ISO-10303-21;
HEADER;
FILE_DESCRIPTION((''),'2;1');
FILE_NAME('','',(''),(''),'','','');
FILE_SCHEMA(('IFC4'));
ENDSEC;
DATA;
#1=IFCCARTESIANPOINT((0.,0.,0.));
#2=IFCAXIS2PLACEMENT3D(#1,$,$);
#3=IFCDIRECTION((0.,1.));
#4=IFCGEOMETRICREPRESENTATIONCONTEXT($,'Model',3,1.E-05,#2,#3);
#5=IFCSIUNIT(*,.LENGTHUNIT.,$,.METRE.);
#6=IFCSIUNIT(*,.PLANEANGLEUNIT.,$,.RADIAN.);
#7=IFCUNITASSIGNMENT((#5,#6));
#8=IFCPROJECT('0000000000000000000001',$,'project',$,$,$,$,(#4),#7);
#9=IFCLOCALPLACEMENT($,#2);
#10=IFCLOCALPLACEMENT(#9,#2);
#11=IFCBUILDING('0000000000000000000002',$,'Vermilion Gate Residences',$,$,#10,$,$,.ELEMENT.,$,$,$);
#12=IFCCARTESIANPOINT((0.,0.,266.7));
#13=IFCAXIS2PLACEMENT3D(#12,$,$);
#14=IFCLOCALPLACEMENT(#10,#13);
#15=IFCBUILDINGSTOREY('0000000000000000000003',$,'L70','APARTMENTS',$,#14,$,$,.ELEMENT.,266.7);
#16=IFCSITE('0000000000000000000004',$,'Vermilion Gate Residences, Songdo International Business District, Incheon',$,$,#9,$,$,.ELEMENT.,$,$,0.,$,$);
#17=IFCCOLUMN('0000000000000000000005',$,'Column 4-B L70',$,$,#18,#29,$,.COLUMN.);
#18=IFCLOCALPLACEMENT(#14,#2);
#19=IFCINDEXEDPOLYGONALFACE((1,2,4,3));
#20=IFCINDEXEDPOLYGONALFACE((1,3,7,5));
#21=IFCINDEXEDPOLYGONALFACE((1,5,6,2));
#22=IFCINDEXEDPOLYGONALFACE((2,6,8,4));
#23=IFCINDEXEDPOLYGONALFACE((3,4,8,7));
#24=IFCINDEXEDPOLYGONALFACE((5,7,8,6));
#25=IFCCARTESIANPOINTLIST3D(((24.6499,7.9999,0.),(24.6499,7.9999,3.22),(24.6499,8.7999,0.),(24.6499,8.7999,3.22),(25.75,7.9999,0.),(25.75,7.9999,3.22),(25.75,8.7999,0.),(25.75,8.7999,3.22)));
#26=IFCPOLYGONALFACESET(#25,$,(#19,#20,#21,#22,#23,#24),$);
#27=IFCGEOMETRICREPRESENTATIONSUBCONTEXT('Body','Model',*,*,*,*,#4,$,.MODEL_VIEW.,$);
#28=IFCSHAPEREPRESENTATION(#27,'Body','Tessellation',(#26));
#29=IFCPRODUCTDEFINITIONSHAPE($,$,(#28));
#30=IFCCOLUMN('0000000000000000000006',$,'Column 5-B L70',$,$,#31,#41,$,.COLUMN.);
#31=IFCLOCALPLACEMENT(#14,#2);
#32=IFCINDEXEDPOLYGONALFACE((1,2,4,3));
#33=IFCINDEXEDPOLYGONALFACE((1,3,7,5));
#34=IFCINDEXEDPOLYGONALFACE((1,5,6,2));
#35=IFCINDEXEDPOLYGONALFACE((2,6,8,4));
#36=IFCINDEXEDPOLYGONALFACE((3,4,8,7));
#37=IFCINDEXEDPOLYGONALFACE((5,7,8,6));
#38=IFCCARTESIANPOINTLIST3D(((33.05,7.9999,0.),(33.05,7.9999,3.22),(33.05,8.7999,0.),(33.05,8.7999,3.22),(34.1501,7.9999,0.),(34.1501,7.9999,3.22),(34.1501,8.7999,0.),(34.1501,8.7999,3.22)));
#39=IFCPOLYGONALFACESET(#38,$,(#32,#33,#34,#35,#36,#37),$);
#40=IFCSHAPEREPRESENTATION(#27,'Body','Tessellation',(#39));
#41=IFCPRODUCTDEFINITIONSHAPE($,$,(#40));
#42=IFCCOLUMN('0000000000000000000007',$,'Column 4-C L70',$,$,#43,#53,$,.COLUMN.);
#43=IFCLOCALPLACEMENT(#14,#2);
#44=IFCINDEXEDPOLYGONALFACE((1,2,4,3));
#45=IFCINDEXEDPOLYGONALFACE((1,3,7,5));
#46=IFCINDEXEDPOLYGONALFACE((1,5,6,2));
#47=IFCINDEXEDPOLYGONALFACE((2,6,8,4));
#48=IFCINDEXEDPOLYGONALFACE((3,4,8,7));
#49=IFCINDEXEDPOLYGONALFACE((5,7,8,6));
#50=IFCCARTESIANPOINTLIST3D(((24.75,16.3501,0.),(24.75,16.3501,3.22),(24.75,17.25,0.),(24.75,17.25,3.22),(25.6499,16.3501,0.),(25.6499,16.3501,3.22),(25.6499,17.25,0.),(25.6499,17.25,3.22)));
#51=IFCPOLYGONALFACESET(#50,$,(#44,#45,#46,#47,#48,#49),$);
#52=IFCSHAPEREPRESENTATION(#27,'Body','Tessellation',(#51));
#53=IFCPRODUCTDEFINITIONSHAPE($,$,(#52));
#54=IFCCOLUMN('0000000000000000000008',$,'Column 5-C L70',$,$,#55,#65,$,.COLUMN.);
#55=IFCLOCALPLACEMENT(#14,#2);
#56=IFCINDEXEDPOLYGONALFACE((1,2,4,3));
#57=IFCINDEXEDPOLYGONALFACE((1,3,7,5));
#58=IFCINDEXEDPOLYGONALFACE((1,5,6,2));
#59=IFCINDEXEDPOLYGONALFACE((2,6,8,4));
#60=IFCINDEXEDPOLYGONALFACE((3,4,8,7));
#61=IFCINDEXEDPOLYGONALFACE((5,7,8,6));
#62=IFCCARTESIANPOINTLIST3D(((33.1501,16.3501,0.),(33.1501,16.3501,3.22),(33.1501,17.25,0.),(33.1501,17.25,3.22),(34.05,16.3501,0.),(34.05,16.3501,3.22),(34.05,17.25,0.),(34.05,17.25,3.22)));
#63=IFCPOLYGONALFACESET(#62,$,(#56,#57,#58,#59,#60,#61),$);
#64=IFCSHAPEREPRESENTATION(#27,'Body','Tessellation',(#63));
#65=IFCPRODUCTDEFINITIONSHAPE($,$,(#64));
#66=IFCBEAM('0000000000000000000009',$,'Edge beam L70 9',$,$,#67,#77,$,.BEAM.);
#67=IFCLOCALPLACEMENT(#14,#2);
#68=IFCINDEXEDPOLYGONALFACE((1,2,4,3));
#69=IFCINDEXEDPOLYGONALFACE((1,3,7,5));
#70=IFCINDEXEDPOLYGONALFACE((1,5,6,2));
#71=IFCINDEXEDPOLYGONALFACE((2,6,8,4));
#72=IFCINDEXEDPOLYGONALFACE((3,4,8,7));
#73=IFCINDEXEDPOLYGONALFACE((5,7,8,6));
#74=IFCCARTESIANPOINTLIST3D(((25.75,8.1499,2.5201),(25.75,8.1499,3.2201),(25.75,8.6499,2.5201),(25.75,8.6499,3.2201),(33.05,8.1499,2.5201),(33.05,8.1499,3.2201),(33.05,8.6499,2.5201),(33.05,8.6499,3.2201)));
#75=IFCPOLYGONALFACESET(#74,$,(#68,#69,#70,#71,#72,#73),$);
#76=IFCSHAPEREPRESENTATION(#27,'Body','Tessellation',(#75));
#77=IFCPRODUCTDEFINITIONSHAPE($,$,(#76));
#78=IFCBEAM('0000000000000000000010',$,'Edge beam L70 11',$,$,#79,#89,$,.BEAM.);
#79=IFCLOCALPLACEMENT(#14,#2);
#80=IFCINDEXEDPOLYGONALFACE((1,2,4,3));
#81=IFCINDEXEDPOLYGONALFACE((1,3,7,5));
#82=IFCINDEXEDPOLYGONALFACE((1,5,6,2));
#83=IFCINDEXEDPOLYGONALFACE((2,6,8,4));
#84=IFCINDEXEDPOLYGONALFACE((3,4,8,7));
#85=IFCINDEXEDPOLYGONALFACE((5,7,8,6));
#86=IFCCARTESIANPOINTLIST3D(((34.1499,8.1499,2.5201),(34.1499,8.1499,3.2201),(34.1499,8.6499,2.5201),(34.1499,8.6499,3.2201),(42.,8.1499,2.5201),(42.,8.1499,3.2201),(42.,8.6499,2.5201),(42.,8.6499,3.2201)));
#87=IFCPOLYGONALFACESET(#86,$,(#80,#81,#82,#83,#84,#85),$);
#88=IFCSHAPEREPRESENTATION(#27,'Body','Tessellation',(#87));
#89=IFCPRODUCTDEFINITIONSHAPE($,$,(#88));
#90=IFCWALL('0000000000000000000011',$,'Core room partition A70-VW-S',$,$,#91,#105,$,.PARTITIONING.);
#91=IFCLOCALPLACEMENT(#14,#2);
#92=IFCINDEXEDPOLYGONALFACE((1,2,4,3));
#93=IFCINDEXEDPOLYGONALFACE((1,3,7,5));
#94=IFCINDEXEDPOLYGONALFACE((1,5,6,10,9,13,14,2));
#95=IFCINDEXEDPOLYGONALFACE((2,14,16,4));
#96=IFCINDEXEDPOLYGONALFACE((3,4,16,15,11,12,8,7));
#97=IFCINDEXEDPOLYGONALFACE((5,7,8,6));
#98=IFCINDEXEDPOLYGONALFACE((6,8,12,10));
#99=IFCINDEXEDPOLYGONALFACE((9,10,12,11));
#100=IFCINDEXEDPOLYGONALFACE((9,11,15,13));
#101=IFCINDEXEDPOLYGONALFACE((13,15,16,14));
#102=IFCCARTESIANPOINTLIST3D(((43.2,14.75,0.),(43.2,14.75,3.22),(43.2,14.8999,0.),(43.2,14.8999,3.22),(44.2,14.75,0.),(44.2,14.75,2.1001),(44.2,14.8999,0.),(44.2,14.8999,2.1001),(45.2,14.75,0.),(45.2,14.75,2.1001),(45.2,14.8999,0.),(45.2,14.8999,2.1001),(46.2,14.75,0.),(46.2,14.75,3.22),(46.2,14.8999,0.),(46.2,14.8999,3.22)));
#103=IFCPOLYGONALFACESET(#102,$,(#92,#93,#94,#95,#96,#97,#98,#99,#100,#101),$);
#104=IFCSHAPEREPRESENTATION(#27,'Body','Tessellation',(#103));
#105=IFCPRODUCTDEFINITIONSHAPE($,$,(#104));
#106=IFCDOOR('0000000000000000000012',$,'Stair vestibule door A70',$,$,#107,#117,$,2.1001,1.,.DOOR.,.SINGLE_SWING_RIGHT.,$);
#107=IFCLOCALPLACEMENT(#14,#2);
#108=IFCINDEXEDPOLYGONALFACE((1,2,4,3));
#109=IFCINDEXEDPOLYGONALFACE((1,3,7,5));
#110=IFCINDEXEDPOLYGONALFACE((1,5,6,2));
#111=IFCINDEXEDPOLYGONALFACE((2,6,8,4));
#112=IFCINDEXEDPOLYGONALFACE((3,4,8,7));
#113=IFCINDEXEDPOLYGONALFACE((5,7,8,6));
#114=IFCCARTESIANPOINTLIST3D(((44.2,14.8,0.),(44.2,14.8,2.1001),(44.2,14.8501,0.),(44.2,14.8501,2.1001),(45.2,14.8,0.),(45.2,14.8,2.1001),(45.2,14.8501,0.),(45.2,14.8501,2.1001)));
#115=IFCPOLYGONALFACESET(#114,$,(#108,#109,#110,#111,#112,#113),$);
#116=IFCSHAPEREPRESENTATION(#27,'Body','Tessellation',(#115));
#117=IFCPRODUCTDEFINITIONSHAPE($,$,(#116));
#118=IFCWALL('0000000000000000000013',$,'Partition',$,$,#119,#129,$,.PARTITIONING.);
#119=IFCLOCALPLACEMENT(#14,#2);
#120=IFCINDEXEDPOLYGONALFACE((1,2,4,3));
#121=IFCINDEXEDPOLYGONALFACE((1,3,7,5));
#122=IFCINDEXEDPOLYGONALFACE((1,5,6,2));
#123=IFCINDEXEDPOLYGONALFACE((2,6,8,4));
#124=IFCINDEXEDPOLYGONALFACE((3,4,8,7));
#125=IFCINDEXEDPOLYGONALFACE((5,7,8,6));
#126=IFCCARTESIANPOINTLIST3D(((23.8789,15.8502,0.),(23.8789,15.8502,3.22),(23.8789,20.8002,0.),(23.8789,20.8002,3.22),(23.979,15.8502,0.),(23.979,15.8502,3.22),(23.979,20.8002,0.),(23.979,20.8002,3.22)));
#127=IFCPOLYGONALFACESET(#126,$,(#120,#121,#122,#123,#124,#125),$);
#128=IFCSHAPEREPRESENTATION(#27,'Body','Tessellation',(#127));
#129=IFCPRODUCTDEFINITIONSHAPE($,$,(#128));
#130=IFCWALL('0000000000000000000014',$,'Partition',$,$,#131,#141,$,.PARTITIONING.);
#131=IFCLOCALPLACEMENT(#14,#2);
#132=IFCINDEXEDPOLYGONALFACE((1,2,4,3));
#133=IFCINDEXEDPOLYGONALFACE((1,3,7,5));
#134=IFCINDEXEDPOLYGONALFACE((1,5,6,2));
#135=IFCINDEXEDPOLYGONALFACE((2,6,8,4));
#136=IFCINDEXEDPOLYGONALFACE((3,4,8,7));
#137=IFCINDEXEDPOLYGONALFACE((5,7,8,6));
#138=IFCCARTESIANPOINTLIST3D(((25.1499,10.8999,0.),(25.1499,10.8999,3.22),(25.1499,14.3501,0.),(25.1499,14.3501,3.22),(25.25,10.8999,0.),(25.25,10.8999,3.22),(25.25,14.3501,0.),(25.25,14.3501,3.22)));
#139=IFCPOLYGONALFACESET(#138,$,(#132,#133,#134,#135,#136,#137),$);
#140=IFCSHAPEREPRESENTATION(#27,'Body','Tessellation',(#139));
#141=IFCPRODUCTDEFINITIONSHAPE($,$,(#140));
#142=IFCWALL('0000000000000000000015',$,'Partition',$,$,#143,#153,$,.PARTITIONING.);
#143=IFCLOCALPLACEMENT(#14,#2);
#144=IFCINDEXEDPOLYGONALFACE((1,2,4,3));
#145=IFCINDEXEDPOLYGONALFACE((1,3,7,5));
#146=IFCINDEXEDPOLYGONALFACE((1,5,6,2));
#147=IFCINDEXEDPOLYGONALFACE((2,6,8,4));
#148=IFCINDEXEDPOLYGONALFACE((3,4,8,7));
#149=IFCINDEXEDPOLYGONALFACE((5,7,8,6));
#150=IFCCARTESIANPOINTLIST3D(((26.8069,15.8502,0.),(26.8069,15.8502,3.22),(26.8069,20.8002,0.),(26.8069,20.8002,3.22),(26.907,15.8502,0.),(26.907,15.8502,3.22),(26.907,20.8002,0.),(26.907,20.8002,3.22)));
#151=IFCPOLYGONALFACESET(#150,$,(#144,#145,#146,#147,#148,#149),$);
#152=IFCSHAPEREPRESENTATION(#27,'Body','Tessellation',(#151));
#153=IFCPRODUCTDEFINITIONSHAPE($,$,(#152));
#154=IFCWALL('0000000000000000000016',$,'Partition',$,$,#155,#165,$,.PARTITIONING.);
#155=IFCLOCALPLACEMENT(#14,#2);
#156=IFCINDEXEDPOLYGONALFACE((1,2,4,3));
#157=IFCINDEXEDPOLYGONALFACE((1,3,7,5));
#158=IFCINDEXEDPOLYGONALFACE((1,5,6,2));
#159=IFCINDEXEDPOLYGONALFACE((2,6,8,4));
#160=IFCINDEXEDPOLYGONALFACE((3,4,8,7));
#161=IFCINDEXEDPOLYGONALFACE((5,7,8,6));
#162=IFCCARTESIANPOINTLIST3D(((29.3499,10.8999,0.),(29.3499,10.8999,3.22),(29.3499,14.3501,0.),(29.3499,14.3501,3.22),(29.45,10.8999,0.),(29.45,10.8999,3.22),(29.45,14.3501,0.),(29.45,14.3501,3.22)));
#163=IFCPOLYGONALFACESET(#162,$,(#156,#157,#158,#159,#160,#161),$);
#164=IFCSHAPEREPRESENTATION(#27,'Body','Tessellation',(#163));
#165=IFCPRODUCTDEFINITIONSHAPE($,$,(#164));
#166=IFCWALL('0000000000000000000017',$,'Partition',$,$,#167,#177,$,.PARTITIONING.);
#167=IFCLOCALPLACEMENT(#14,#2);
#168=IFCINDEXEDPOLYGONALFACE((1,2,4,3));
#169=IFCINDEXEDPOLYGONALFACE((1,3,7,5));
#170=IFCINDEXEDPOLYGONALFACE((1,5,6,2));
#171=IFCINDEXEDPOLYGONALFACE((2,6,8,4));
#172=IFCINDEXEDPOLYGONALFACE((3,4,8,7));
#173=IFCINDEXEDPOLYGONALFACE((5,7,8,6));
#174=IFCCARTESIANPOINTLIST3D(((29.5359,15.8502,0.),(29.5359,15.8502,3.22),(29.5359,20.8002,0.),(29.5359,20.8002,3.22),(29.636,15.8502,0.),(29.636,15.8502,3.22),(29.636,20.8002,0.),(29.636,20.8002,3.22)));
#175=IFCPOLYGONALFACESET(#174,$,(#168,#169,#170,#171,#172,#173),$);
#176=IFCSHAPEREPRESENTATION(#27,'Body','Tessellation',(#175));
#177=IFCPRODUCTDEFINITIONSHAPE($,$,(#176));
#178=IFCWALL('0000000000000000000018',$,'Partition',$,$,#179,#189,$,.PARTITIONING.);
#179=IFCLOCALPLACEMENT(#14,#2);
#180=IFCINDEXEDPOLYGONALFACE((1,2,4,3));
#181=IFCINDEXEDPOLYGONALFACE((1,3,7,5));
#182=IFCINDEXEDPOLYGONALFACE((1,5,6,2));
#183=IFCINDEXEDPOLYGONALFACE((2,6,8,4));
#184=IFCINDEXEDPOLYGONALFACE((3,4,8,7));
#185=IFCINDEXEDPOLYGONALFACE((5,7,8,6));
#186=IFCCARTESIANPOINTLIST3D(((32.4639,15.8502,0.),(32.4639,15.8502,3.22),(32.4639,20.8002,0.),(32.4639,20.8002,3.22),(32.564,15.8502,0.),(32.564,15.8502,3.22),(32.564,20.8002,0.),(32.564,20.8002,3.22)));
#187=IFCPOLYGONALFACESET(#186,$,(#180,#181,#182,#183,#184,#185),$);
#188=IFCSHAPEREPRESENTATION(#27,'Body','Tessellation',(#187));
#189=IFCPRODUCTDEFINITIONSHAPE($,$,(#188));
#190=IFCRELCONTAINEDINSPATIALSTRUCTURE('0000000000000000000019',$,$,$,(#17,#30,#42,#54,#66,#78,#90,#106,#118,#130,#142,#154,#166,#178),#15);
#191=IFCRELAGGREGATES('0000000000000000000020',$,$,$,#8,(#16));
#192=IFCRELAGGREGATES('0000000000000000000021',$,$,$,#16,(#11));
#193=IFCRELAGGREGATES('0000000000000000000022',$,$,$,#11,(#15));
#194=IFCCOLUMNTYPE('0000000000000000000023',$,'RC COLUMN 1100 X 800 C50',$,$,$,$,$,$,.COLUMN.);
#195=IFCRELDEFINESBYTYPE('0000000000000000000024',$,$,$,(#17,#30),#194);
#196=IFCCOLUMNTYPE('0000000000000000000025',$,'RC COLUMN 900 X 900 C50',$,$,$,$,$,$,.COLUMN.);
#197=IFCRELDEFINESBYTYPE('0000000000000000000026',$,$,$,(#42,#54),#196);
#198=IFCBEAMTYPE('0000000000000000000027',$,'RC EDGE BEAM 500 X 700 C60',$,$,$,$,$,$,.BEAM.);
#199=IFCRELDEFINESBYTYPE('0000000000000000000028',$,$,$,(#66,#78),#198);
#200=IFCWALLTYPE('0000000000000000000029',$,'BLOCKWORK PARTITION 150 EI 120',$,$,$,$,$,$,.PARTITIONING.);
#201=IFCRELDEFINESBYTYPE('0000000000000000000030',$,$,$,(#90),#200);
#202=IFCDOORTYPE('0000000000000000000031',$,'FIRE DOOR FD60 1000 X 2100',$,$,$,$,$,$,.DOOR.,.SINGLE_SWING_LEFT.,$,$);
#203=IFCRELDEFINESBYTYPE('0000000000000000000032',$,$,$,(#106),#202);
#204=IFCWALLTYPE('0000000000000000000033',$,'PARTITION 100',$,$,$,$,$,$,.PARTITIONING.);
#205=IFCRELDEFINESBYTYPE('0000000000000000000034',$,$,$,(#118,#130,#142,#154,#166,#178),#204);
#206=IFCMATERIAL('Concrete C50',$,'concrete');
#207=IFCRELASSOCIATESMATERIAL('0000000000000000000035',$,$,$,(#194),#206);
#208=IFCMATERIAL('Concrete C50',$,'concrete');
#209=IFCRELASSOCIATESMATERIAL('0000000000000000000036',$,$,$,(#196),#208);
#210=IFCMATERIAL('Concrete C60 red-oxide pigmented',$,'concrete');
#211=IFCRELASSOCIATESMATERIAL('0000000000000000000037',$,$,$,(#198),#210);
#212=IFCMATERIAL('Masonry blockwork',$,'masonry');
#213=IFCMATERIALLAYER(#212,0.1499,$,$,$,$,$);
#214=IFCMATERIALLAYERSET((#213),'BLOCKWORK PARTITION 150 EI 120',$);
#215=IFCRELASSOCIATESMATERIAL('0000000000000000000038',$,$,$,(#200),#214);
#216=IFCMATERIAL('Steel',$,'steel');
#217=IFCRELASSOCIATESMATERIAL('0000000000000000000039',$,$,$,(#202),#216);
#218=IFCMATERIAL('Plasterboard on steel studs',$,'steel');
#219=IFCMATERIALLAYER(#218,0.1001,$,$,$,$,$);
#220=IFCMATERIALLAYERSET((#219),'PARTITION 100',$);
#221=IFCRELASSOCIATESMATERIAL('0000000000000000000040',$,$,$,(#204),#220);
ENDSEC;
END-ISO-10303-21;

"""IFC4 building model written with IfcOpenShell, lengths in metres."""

from ifc_helpers import new_model, si_unit, direction, frame, frame_2d, origin, origin_2d, place, context, subcontext, project, spatial, rectangle, extrude, material, layer, layer_set, material_profile, profile_set, type_object, element, fill, save


model = new_model("IFC4")

# Units and contexts
model_context = context("Model", 3, precision=1e-05, world=origin(), true_north=direction((0.0, 1.0)))
body_context = subcontext(model_context, "Body", "Model", "MODEL_VIEW")
ifc_project = project(units=[si_unit("LENGTHUNIT", "METRE"), si_unit("PLANEANGLEUNIT", "RADIAN")], contexts=[model_context])

# Site, building, storey
site_placement = place(None, origin())
site = spatial("IfcSite", under=ifc_project, at=site_placement, Name="Vermilion Gate Residences, Songdo International Business District, Incheon", CompositionType="ELEMENT", RefElevation=0.0)
building_placement = place(site_placement, origin())
building = spatial("IfcBuilding", under=site, at=building_placement, Name="Vermilion Gate Residences", CompositionType="ELEMENT")
storey_placement = place(building_placement, frame((0.0, 0.0, 266.7)))
storey = spatial("IfcBuildingStorey", under=building, at=storey_placement, Name="L70", Description="APARTMENTS", CompositionType="ELEMENT", Elevation=266.7)

# Columns
ifc_material_1 = material(Name="Concrete C50", Category="concrete")
ifc_material_profile_1 = material_profile(ifc_material_1, rectangle(XDim=1.1001, YDim=0.8, at=origin_2d()), Name="RC-1100x800")
ifc_profile_set_1 = profile_set([ifc_material_profile_1], Name="Concrete C50")
column_type_1 = type_object("IfcColumnType", Name="RC COLUMN 1100 X 800 C50", PredefinedType="COLUMN", material=ifc_profile_set_1)
for number, where, z_axis, x_axis, name in (
    (1, (25.2, 8.3999, 0.0), (0.0, 0.0, 1.0), (1.0, 0.0, 0.0), "Column 4-B L70"),
    (2, (33.6001, 8.3999, 0.0), (0.0, 0.0, 1.0), (1.0, 0.0, 0.0), "Column 5-B L70"),
):
    element("IfcColumn", number, at=place(storey_placement, frame(where, z_axis=z_axis, x_axis=x_axis)), inside=storey, type_object=column_type_1, Name=name, PredefinedType="COLUMN", context=body_context, shape_type="SweptSolid", body=[
        extrude(rectangle(XDim=1.1001, YDim=0.8, at=origin_2d()), origin(), (0.0, 0.0, 1.0), 3.22),
    ])
ifc_material_2 = material(Name="Concrete C50", Category="concrete")
ifc_material_profile_2 = material_profile(ifc_material_2, rectangle(XDim=0.8999, YDim=0.8999, at=origin_2d()), Name="RC-900x900")
ifc_profile_set_2 = profile_set([ifc_material_profile_2], Name="Concrete C50")
column_type_2 = type_object("IfcColumnType", Name="RC COLUMN 900 X 900 C50", PredefinedType="COLUMN", material=ifc_profile_set_2)
for number, where, z_axis, x_axis, name in (
    (3, (25.2, 16.8, 0.0), (0.0, 0.0, 1.0), (1.0, 0.0, 0.0), "Column 4-C L70"),
    (4, (33.6001, 16.8, 0.0), (0.0, 0.0, 1.0), (1.0, 0.0, 0.0), "Column 5-C L70"),
):
    element("IfcColumn", number, at=place(storey_placement, frame(where, z_axis=z_axis, x_axis=x_axis)), inside=storey, type_object=column_type_2, Name=name, PredefinedType="COLUMN", context=body_context, shape_type="SweptSolid", body=[
        extrude(rectangle(XDim=0.8999, YDim=0.8999, at=origin_2d()), origin(), (0.0, 0.0, 1.0), 3.22),
    ])

# Beams
ifc_material_3 = material(Name="Concrete C60 red-oxide pigmented", Category="concrete")
ifc_material_profile_3 = material_profile(ifc_material_3, rectangle(XDim=0.5, YDim=0.7, at=origin_2d()), Name="RC-500x700")
ifc_profile_set_3 = profile_set([ifc_material_profile_3], Name="Concrete C60 red-oxide pigmented")
beam_type = type_object("IfcBeamType", Name="RC EDGE BEAM 500 X 700 C60", PredefinedType="BEAM", material=ifc_profile_set_3)
beam_1_placement = place(storey_placement, frame((25.75, 8.3999, 2.8701), z_axis=(1.0, 0.0, 0.0), x_axis=(0.0, 1.0, 0.0)))
element("IfcBeam", 5, at=beam_1_placement, inside=storey, type_object=beam_type, Name="Edge beam L70 9", PredefinedType="BEAM", context=body_context, shape_type="SweptSolid", body=[
    extrude(rectangle(XDim=0.5, YDim=0.7, at=origin_2d()), origin(), (0.0, 0.0, 1.0), 7.3),
])
beam_2_placement = place(storey_placement, frame((34.1499, 8.3999, 2.8701), z_axis=(1.0, 0.0, 0.0), x_axis=(0.0, 1.0, 0.0)))
element("IfcBeam", 6, at=beam_2_placement, inside=storey, type_object=beam_type, Name="Edge beam L70 11", PredefinedType="BEAM", context=body_context, shape_type="SweptSolid", body=[
    extrude(rectangle(XDim=0.5, YDim=0.7, at=origin_2d()), origin(), (0.0, 0.0, 1.0), 7.8501),
])

# Wall, opening, door
ifc_material_4 = material(Name="Masonry blockwork", Category="masonry")
ifc_layer_1 = layer(ifc_material_4, 0.1499)
ifc_layer_set_1 = layer_set([ifc_layer_1], Name="BLOCKWORK PARTITION 150 EI 120")
wall_type_1 = type_object("IfcWallType", Name="BLOCKWORK PARTITION 150 EI 120", PredefinedType="PARTITIONING", material=ifc_layer_set_1)
wall_1_placement = place(storey_placement, frame((43.2, 14.825, 0.0), z_axis=(0.0, 0.0, 1.0), x_axis=(1.0, 0.0, 0.0)))
wall_1 = element("IfcWall", 7, at=wall_1_placement, inside=storey, type_object=wall_type_1, Name="Core room partition A70-VW-S", PredefinedType="PARTITIONING", context=body_context, shape_type="SweptSolid", body=[
    extrude(rectangle(XDim=3.0, YDim=0.1499, at=frame_2d((1.5, 0.0))), origin(), (0.0, 0.0, 1.0), 3.22),
])
opening_1_placement = place(wall_1_placement, frame((1.0, 0.0, 0.0)))
opening_1 = element("IfcOpeningElement", 8, at=opening_1_placement, cuts=wall_1, PredefinedType="OPENING", context=body_context, shape_type="SweptSolid", body=[
    extrude(rectangle(XDim=1.0, YDim=2.1001, at=frame_2d((0.5, 1.05))), frame((0.0, 0.085, 0.0), z_axis=(0.0, -1.0, 0.0), x_axis=(1.0, 0.0, 0.0)), (0.0, 0.0, 1.0), 0.1699),
])
ifc_material_5 = material(Name="Steel", Category="steel")
door_type_1 = type_object("IfcDoorType", Name="FIRE DOOR FD60 1000 X 2100", OperationType="SINGLE_SWING_LEFT", PredefinedType="DOOR", material=ifc_material_5)
door_1_placement = place(opening_1_placement, frame((1.0, 0.0, 0.0), z_axis=(0.0, 0.0, 1.0), x_axis=(-1.0, 0.0, 0.0)))
door_1 = element("IfcDoor", 9, at=door_1_placement, inside=storey, type_object=door_type_1, Name="Stair vestibule door A70", OperationType="SINGLE_SWING_RIGHT", OverallHeight=2.1001, OverallWidth=1.0, PredefinedType="DOOR", context=body_context, shape_type="SweptSolid", body=[
    extrude(rectangle(XDim=1.0, YDim=2.1001, at=frame_2d((0.5, 1.05))), frame((0.0, 0.0249, 0.0), z_axis=(0.0, -1.0, 0.0), x_axis=(1.0, 0.0, 0.0)), (0.0, 0.0, 1.0), 0.05),
])
fill(opening_1, door_1)

# Walls
ifc_material_6 = material(Name="Plasterboard on steel studs", Category="steel")
ifc_layer_2 = layer(ifc_material_6, 0.1001)
ifc_layer_set_2 = layer_set([ifc_layer_2], Name="PARTITION 100")
wall_type_2 = type_object("IfcWallType", Name="PARTITION 100", PredefinedType="PARTITIONING", material=ifc_layer_set_2)
wall_2_placement = place(storey_placement, frame((23.929, 15.8501, 0.0), z_axis=(0.0, 0.0, 1.0), x_axis=(0.0, 1.0, 0.0)))
element("IfcWall", 10, at=wall_2_placement, inside=storey, type_object=wall_type_2, Name="Partition", PredefinedType="PARTITIONING", context=body_context, shape_type="SweptSolid", body=[
    extrude(rectangle(XDim=4.95, YDim=0.1001, at=frame_2d((2.4751, 0.0))), origin(), (0.0, 0.0, 1.0), 3.22),
])
wall_3_placement = place(storey_placement, frame((25.2, 10.8999, 0.0), z_axis=(0.0, 0.0, 1.0), x_axis=(0.0, 1.0, 0.0)))
element("IfcWall", 11, at=wall_3_placement, inside=storey, type_object=wall_type_2, Name="Partition", PredefinedType="PARTITIONING", context=body_context, shape_type="SweptSolid", body=[
    extrude(rectangle(XDim=3.4502, YDim=0.1001, at=frame_2d((1.7251, 0.0))), origin(), (0.0, 0.0, 1.0), 3.22),
])
wall_4_placement = place(storey_placement, frame((26.8569, 15.8501, 0.0), z_axis=(0.0, 0.0, 1.0), x_axis=(0.0, 1.0, 0.0)))
element("IfcWall", 12, at=wall_4_placement, inside=storey, type_object=wall_type_2, Name="Partition", PredefinedType="PARTITIONING", context=body_context, shape_type="SweptSolid", body=[
    extrude(rectangle(XDim=4.95, YDim=0.1001, at=frame_2d((2.4751, 0.0))), origin(), (0.0, 0.0, 1.0), 3.22),
])
wall_5_placement = place(storey_placement, frame((29.3999, 10.8999, 0.0), z_axis=(0.0, 0.0, 1.0), x_axis=(0.0, 1.0, 0.0)))
element("IfcWall", 13, at=wall_5_placement, inside=storey, type_object=wall_type_2, Name="Partition", PredefinedType="PARTITIONING", context=body_context, shape_type="SweptSolid", body=[
    extrude(rectangle(XDim=3.4502, YDim=0.1001, at=frame_2d((1.7251, 0.0))), origin(), (0.0, 0.0, 1.0), 3.22),
])
for number, where, z_axis, x_axis, name in (
    (14, (29.5859, 15.8501, 0.0), (0.0, 0.0, 1.0), (0.0, 1.0, 0.0), "Partition"),
    (15, (32.5139, 15.8501, 0.0), (0.0, 0.0, 1.0), (0.0, 1.0, 0.0), "Partition"),
):
    element("IfcWall", number, at=place(storey_placement, frame(where, z_axis=z_axis, x_axis=x_axis)), inside=storey, type_object=wall_type_2, Name=name, PredefinedType="PARTITIONING", context=body_context, shape_type="SweptSolid", body=[
        extrude(rectangle(XDim=4.95, YDim=0.1001, at=frame_2d((2.4751, 0.0))), origin(), (0.0, 0.0, 1.0), 3.22),
    ])

save(model, "model.ifc")
